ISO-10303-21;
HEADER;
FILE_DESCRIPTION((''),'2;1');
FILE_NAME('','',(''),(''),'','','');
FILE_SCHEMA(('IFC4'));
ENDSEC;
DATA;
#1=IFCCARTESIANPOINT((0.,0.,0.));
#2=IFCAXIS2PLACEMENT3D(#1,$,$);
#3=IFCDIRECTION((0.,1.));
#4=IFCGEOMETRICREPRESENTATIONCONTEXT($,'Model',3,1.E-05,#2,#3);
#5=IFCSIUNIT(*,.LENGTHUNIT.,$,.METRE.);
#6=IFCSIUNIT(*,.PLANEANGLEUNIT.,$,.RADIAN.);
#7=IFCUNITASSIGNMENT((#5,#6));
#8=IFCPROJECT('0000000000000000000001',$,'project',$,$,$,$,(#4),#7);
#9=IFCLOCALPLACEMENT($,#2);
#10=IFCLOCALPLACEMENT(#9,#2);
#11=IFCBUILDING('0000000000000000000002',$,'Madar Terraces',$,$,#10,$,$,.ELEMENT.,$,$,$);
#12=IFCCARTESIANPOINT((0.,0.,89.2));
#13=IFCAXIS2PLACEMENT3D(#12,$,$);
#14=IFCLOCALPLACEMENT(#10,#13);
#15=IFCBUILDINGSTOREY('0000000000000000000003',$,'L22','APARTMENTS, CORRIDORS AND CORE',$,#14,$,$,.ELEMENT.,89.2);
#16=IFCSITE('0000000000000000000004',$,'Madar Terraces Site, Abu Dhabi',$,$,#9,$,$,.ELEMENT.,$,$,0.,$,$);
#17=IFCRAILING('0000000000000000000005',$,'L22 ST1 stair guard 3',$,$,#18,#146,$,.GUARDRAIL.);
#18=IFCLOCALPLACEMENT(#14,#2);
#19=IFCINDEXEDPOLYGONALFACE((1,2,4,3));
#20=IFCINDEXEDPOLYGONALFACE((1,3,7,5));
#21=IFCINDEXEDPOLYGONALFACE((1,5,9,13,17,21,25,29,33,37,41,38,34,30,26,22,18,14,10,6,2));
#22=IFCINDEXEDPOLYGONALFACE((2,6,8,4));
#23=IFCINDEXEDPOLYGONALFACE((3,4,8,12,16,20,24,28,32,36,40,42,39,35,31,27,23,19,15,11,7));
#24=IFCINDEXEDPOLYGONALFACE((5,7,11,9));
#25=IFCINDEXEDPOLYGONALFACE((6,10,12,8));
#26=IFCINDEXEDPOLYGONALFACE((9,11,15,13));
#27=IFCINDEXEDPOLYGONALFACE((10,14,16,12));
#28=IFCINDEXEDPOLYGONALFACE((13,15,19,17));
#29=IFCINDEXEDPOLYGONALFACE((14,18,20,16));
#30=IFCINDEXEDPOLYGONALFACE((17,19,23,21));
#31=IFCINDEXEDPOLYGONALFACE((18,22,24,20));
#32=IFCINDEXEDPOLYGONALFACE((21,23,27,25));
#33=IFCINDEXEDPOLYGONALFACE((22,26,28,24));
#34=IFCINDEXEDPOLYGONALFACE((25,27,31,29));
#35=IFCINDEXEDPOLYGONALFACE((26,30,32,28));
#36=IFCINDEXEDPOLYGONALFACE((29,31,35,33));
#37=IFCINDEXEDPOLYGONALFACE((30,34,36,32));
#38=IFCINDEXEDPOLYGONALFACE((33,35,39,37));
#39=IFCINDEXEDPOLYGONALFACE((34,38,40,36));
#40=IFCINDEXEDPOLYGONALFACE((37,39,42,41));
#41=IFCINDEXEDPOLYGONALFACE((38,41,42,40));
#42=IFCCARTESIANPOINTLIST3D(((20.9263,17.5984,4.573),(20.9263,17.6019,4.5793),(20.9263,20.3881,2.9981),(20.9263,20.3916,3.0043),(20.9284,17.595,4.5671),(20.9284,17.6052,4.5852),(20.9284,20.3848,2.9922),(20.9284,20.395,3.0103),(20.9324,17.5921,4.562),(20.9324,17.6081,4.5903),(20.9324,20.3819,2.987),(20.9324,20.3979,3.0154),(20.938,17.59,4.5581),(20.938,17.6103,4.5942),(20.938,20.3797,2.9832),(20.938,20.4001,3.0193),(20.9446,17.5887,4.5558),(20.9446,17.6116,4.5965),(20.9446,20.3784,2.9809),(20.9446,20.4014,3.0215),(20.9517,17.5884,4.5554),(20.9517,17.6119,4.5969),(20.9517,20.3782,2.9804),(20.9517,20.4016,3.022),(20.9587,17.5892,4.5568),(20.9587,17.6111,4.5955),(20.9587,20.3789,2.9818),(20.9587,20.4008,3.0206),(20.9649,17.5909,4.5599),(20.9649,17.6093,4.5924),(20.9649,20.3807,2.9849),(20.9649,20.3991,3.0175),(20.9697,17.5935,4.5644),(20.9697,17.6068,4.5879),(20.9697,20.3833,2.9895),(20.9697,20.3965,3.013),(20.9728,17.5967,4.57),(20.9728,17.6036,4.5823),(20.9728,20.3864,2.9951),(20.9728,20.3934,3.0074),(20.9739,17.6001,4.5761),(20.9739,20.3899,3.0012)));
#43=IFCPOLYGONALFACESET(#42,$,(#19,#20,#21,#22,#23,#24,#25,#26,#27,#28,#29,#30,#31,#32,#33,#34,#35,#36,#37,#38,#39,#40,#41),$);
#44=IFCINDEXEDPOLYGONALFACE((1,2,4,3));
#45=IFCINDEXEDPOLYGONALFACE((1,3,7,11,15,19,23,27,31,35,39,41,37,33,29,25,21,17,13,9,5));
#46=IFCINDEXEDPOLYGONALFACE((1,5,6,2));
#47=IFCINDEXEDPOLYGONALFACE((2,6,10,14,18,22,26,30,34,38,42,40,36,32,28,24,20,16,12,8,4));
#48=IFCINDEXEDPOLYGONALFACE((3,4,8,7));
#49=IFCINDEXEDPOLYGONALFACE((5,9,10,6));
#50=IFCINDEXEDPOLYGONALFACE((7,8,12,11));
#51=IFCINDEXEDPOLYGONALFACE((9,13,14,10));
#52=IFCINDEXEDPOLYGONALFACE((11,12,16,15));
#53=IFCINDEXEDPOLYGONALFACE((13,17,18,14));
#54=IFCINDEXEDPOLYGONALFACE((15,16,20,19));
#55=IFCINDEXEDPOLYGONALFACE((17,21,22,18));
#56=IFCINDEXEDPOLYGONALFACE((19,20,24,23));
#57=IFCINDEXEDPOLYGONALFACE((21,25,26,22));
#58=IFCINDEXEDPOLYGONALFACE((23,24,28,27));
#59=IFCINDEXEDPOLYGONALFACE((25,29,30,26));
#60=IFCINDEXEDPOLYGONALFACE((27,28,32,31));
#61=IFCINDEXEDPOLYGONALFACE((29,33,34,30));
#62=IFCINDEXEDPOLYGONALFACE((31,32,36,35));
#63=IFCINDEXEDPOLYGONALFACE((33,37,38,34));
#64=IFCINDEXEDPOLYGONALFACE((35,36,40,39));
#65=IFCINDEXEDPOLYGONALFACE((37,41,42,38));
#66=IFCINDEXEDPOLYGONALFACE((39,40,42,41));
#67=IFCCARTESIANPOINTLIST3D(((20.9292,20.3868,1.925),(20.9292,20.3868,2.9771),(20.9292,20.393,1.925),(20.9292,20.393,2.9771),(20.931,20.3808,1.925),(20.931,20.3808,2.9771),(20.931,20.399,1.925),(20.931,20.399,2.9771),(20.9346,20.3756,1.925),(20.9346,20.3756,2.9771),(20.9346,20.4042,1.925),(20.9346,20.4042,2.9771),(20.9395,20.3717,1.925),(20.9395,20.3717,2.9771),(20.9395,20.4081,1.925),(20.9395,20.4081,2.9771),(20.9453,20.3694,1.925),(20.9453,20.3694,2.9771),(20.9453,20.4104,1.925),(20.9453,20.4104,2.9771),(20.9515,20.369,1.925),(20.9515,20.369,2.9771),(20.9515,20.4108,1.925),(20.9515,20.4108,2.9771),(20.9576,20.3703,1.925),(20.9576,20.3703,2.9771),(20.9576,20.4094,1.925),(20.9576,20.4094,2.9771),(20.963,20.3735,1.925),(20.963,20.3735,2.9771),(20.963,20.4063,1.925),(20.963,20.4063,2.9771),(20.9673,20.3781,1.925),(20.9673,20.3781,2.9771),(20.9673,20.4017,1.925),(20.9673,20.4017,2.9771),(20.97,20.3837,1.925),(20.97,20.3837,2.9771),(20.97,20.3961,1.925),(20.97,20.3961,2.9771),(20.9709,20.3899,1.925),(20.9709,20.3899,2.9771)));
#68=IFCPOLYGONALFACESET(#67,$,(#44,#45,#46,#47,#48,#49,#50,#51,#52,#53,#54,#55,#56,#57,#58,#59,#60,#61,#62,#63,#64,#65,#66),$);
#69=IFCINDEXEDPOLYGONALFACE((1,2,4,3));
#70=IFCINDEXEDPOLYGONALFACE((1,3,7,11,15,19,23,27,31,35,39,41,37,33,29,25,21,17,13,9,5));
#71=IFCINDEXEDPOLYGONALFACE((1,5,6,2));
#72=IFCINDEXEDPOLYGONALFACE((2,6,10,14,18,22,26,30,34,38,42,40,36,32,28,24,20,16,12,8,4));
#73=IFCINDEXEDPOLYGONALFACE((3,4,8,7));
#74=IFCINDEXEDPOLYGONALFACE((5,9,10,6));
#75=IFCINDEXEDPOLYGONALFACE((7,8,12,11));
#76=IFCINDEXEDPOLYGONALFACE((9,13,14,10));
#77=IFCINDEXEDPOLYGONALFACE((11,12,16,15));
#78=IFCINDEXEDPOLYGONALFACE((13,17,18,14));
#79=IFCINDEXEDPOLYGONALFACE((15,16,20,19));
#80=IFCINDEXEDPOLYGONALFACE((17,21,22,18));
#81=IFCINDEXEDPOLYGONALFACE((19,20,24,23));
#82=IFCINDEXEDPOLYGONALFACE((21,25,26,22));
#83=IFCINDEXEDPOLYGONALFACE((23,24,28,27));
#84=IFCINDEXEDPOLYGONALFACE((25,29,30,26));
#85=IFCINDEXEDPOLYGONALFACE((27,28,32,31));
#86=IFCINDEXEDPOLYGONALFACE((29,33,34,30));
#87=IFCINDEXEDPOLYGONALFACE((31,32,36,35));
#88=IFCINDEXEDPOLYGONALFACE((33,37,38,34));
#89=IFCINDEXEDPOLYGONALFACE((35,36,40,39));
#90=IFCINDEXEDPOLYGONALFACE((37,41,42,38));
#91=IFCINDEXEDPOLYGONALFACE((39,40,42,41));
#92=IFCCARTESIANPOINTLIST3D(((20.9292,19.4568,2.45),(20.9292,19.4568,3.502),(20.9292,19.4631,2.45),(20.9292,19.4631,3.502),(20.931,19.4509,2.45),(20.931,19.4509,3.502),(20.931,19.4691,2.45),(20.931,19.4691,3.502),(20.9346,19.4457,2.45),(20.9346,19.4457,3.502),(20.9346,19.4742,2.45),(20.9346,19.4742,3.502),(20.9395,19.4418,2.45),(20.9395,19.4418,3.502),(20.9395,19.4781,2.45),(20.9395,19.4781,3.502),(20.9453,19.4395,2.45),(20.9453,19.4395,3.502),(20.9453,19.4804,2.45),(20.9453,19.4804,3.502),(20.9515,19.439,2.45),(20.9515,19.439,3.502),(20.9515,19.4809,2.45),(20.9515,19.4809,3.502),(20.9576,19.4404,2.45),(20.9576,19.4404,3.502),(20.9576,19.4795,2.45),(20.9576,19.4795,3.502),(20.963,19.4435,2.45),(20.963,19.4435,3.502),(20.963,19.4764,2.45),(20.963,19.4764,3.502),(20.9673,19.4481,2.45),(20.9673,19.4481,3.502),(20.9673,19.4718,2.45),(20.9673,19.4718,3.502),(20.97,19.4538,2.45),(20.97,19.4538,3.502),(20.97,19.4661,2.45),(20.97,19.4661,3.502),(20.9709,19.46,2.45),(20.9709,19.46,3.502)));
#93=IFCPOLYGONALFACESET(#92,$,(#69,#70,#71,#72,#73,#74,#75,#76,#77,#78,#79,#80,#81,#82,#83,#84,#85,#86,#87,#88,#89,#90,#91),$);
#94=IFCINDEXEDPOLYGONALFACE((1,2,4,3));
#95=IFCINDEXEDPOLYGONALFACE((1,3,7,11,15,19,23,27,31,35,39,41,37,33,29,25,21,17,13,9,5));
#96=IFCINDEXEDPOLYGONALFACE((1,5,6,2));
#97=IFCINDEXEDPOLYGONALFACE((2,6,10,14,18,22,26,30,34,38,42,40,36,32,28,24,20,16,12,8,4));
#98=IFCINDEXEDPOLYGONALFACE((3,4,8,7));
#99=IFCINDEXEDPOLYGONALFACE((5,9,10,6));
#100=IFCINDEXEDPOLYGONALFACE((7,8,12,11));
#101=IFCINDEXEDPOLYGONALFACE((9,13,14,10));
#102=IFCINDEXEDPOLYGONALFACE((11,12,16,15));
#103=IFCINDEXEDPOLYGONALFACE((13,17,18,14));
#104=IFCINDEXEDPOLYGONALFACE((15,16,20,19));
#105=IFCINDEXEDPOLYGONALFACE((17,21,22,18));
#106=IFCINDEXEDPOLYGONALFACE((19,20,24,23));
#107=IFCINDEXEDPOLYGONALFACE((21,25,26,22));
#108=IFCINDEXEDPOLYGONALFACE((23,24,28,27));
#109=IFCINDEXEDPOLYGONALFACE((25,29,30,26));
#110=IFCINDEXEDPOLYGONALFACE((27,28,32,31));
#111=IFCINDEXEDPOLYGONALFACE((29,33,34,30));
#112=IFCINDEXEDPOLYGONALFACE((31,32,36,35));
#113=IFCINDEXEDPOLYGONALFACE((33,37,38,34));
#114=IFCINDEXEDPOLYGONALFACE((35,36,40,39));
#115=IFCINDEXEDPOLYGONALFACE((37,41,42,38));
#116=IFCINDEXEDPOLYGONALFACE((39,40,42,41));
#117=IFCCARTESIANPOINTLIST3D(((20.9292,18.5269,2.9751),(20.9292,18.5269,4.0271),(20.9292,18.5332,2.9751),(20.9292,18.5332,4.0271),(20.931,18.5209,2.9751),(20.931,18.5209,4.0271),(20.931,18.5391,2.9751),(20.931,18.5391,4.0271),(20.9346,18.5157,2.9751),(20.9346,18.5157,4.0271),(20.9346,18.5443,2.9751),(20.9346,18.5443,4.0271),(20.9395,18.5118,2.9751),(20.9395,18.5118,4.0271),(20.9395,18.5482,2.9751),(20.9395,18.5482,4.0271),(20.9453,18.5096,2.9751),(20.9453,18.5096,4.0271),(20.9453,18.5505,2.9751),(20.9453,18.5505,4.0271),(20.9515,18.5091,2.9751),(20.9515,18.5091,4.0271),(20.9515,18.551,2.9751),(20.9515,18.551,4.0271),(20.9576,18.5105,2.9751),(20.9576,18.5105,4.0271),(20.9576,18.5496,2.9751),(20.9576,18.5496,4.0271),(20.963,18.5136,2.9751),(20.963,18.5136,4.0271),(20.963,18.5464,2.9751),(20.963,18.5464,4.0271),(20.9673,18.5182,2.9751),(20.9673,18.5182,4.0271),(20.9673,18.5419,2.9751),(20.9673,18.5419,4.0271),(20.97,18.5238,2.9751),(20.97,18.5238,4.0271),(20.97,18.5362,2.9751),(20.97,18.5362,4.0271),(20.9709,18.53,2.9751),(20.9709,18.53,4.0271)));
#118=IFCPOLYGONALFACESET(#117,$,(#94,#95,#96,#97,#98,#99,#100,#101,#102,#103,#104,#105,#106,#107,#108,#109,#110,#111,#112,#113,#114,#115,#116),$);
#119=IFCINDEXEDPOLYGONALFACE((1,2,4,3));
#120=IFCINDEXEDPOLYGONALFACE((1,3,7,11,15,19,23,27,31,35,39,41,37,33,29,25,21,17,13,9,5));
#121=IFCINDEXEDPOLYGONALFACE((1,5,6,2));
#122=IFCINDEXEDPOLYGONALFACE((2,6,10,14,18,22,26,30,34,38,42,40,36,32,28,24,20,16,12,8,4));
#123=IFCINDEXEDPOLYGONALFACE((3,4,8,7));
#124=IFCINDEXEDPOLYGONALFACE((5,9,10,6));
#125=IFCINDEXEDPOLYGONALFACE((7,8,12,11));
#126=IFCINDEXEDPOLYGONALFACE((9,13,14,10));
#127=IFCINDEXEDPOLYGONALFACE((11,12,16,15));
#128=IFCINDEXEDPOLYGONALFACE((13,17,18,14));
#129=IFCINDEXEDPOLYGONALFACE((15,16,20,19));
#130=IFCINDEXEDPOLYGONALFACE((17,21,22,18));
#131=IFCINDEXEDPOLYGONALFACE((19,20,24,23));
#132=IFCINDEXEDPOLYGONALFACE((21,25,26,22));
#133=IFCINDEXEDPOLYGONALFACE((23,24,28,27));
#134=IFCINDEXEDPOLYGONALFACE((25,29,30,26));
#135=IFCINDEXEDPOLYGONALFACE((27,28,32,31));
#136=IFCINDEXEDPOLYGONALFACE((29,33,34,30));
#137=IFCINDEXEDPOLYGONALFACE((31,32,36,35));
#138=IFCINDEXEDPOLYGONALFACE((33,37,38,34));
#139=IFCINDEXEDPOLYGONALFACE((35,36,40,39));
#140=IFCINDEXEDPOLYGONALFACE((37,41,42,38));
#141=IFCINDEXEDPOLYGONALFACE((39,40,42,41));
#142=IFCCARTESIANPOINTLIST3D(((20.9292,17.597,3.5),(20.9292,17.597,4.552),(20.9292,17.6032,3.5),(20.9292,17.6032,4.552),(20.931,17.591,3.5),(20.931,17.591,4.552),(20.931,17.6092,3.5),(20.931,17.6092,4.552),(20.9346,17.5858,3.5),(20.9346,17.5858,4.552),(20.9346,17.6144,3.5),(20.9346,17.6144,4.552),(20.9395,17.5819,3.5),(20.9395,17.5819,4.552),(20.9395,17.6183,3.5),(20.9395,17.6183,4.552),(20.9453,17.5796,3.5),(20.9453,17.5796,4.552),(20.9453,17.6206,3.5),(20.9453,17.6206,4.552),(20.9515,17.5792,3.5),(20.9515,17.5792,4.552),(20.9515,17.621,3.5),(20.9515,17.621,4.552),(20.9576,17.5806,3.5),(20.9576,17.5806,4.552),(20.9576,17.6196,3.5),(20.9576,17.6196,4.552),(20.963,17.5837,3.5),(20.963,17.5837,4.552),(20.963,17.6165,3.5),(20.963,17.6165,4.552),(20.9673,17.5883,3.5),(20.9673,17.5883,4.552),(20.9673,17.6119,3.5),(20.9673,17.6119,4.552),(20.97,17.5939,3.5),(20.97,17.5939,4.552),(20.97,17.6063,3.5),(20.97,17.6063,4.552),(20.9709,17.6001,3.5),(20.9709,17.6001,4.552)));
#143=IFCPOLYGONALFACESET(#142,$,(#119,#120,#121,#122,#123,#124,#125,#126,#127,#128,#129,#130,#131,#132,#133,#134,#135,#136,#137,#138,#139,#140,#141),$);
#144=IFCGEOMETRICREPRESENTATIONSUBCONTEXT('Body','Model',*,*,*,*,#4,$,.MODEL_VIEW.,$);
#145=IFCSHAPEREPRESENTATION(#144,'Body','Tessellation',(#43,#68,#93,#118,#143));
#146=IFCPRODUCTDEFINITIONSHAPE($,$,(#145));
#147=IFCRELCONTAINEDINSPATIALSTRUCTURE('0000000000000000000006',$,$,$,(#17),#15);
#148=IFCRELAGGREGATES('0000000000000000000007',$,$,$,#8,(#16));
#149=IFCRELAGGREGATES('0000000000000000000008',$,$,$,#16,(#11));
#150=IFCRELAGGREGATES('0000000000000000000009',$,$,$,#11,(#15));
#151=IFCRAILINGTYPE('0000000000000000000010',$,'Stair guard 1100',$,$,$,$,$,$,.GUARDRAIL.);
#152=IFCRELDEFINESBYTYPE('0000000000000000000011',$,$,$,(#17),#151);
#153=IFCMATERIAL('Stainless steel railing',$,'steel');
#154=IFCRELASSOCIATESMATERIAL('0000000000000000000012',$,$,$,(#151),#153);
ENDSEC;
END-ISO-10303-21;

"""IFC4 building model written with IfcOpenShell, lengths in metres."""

from ifc_helpers import new_model, si_unit, direction, frame, origin, origin_2d, place, context, subcontext, project, spatial, circle, extrude, material, type_object, element, save


model = new_model("IFC4")

# Units and contexts
model_context = context("Model", 3, precision=1e-05, world=origin(), true_north=direction((0.0, 1.0)))
body_context = subcontext(model_context, "Body", "Model", "MODEL_VIEW")
ifc_project = project(units=[si_unit("LENGTHUNIT", "METRE"), si_unit("PLANEANGLEUNIT", "RADIAN")], contexts=[model_context])

# Site, building, storey
site_placement = place(None, origin())
site = spatial("IfcSite", under=ifc_project, at=site_placement, Name="Madar Terraces Site, Abu Dhabi", CompositionType="ELEMENT", RefElevation=0.0)
building_placement = place(site_placement, origin())
building = spatial("IfcBuilding", under=site, at=building_placement, Name="Madar Terraces", CompositionType="ELEMENT")
storey_placement = place(building_placement, frame((0.0, 0.0, 89.2)))
storey = spatial("IfcBuildingStorey", under=building, at=storey_placement, Name="L22", Description="APARTMENTS, CORRIDORS AND CORE", CompositionType="ELEMENT", Elevation=89.2)

# Railing
ifc_material_1 = material(Name="Stainless steel railing", Category="steel")
railing_type_1 = type_object("IfcRailingType", Name="Stair guard 1100", PredefinedType="GUARDRAIL", material=ifc_material_1)
railing_1_placement = place(storey_placement, frame((20.95, 20.3899, 1.925)))
element("IfcRailing", 1, at=railing_1_placement, inside=storey, type_object=railing_type_1, Name="L22 ST1 stair guard 3", PredefinedType="GUARDRAIL", context=body_context, shape_type="SweptSolid", body=[
    extrude(circle(Radius=0.0239, at=origin_2d()), frame((0.0, 0.0, 1.0762), z_axis=(0.0, -0.870815, 0.49161), x_axis=(1.0, 0.0, 0.0)), (0.0, 0.0, 1.0), 3.2036),
    extrude(circle(Radius=0.021, at=origin_2d()), origin(), (0.0, 0.0, 1.0), 1.052),
    extrude(circle(Radius=0.021, at=origin_2d()), frame((0.0, -0.9299, 0.5249)), (0.0, 0.0, 1.0), 1.052),
    extrude(circle(Radius=0.021, at=origin_2d()), frame((0.0, -1.8599, 1.05)), (0.0, 0.0, 1.0), 1.052),
    extrude(circle(Radius=0.021, at=origin_2d()), frame((0.0, -2.7898, 1.575)), (0.0, 0.0, 1.0), 1.052),
])

save(model, "model.ifc")
